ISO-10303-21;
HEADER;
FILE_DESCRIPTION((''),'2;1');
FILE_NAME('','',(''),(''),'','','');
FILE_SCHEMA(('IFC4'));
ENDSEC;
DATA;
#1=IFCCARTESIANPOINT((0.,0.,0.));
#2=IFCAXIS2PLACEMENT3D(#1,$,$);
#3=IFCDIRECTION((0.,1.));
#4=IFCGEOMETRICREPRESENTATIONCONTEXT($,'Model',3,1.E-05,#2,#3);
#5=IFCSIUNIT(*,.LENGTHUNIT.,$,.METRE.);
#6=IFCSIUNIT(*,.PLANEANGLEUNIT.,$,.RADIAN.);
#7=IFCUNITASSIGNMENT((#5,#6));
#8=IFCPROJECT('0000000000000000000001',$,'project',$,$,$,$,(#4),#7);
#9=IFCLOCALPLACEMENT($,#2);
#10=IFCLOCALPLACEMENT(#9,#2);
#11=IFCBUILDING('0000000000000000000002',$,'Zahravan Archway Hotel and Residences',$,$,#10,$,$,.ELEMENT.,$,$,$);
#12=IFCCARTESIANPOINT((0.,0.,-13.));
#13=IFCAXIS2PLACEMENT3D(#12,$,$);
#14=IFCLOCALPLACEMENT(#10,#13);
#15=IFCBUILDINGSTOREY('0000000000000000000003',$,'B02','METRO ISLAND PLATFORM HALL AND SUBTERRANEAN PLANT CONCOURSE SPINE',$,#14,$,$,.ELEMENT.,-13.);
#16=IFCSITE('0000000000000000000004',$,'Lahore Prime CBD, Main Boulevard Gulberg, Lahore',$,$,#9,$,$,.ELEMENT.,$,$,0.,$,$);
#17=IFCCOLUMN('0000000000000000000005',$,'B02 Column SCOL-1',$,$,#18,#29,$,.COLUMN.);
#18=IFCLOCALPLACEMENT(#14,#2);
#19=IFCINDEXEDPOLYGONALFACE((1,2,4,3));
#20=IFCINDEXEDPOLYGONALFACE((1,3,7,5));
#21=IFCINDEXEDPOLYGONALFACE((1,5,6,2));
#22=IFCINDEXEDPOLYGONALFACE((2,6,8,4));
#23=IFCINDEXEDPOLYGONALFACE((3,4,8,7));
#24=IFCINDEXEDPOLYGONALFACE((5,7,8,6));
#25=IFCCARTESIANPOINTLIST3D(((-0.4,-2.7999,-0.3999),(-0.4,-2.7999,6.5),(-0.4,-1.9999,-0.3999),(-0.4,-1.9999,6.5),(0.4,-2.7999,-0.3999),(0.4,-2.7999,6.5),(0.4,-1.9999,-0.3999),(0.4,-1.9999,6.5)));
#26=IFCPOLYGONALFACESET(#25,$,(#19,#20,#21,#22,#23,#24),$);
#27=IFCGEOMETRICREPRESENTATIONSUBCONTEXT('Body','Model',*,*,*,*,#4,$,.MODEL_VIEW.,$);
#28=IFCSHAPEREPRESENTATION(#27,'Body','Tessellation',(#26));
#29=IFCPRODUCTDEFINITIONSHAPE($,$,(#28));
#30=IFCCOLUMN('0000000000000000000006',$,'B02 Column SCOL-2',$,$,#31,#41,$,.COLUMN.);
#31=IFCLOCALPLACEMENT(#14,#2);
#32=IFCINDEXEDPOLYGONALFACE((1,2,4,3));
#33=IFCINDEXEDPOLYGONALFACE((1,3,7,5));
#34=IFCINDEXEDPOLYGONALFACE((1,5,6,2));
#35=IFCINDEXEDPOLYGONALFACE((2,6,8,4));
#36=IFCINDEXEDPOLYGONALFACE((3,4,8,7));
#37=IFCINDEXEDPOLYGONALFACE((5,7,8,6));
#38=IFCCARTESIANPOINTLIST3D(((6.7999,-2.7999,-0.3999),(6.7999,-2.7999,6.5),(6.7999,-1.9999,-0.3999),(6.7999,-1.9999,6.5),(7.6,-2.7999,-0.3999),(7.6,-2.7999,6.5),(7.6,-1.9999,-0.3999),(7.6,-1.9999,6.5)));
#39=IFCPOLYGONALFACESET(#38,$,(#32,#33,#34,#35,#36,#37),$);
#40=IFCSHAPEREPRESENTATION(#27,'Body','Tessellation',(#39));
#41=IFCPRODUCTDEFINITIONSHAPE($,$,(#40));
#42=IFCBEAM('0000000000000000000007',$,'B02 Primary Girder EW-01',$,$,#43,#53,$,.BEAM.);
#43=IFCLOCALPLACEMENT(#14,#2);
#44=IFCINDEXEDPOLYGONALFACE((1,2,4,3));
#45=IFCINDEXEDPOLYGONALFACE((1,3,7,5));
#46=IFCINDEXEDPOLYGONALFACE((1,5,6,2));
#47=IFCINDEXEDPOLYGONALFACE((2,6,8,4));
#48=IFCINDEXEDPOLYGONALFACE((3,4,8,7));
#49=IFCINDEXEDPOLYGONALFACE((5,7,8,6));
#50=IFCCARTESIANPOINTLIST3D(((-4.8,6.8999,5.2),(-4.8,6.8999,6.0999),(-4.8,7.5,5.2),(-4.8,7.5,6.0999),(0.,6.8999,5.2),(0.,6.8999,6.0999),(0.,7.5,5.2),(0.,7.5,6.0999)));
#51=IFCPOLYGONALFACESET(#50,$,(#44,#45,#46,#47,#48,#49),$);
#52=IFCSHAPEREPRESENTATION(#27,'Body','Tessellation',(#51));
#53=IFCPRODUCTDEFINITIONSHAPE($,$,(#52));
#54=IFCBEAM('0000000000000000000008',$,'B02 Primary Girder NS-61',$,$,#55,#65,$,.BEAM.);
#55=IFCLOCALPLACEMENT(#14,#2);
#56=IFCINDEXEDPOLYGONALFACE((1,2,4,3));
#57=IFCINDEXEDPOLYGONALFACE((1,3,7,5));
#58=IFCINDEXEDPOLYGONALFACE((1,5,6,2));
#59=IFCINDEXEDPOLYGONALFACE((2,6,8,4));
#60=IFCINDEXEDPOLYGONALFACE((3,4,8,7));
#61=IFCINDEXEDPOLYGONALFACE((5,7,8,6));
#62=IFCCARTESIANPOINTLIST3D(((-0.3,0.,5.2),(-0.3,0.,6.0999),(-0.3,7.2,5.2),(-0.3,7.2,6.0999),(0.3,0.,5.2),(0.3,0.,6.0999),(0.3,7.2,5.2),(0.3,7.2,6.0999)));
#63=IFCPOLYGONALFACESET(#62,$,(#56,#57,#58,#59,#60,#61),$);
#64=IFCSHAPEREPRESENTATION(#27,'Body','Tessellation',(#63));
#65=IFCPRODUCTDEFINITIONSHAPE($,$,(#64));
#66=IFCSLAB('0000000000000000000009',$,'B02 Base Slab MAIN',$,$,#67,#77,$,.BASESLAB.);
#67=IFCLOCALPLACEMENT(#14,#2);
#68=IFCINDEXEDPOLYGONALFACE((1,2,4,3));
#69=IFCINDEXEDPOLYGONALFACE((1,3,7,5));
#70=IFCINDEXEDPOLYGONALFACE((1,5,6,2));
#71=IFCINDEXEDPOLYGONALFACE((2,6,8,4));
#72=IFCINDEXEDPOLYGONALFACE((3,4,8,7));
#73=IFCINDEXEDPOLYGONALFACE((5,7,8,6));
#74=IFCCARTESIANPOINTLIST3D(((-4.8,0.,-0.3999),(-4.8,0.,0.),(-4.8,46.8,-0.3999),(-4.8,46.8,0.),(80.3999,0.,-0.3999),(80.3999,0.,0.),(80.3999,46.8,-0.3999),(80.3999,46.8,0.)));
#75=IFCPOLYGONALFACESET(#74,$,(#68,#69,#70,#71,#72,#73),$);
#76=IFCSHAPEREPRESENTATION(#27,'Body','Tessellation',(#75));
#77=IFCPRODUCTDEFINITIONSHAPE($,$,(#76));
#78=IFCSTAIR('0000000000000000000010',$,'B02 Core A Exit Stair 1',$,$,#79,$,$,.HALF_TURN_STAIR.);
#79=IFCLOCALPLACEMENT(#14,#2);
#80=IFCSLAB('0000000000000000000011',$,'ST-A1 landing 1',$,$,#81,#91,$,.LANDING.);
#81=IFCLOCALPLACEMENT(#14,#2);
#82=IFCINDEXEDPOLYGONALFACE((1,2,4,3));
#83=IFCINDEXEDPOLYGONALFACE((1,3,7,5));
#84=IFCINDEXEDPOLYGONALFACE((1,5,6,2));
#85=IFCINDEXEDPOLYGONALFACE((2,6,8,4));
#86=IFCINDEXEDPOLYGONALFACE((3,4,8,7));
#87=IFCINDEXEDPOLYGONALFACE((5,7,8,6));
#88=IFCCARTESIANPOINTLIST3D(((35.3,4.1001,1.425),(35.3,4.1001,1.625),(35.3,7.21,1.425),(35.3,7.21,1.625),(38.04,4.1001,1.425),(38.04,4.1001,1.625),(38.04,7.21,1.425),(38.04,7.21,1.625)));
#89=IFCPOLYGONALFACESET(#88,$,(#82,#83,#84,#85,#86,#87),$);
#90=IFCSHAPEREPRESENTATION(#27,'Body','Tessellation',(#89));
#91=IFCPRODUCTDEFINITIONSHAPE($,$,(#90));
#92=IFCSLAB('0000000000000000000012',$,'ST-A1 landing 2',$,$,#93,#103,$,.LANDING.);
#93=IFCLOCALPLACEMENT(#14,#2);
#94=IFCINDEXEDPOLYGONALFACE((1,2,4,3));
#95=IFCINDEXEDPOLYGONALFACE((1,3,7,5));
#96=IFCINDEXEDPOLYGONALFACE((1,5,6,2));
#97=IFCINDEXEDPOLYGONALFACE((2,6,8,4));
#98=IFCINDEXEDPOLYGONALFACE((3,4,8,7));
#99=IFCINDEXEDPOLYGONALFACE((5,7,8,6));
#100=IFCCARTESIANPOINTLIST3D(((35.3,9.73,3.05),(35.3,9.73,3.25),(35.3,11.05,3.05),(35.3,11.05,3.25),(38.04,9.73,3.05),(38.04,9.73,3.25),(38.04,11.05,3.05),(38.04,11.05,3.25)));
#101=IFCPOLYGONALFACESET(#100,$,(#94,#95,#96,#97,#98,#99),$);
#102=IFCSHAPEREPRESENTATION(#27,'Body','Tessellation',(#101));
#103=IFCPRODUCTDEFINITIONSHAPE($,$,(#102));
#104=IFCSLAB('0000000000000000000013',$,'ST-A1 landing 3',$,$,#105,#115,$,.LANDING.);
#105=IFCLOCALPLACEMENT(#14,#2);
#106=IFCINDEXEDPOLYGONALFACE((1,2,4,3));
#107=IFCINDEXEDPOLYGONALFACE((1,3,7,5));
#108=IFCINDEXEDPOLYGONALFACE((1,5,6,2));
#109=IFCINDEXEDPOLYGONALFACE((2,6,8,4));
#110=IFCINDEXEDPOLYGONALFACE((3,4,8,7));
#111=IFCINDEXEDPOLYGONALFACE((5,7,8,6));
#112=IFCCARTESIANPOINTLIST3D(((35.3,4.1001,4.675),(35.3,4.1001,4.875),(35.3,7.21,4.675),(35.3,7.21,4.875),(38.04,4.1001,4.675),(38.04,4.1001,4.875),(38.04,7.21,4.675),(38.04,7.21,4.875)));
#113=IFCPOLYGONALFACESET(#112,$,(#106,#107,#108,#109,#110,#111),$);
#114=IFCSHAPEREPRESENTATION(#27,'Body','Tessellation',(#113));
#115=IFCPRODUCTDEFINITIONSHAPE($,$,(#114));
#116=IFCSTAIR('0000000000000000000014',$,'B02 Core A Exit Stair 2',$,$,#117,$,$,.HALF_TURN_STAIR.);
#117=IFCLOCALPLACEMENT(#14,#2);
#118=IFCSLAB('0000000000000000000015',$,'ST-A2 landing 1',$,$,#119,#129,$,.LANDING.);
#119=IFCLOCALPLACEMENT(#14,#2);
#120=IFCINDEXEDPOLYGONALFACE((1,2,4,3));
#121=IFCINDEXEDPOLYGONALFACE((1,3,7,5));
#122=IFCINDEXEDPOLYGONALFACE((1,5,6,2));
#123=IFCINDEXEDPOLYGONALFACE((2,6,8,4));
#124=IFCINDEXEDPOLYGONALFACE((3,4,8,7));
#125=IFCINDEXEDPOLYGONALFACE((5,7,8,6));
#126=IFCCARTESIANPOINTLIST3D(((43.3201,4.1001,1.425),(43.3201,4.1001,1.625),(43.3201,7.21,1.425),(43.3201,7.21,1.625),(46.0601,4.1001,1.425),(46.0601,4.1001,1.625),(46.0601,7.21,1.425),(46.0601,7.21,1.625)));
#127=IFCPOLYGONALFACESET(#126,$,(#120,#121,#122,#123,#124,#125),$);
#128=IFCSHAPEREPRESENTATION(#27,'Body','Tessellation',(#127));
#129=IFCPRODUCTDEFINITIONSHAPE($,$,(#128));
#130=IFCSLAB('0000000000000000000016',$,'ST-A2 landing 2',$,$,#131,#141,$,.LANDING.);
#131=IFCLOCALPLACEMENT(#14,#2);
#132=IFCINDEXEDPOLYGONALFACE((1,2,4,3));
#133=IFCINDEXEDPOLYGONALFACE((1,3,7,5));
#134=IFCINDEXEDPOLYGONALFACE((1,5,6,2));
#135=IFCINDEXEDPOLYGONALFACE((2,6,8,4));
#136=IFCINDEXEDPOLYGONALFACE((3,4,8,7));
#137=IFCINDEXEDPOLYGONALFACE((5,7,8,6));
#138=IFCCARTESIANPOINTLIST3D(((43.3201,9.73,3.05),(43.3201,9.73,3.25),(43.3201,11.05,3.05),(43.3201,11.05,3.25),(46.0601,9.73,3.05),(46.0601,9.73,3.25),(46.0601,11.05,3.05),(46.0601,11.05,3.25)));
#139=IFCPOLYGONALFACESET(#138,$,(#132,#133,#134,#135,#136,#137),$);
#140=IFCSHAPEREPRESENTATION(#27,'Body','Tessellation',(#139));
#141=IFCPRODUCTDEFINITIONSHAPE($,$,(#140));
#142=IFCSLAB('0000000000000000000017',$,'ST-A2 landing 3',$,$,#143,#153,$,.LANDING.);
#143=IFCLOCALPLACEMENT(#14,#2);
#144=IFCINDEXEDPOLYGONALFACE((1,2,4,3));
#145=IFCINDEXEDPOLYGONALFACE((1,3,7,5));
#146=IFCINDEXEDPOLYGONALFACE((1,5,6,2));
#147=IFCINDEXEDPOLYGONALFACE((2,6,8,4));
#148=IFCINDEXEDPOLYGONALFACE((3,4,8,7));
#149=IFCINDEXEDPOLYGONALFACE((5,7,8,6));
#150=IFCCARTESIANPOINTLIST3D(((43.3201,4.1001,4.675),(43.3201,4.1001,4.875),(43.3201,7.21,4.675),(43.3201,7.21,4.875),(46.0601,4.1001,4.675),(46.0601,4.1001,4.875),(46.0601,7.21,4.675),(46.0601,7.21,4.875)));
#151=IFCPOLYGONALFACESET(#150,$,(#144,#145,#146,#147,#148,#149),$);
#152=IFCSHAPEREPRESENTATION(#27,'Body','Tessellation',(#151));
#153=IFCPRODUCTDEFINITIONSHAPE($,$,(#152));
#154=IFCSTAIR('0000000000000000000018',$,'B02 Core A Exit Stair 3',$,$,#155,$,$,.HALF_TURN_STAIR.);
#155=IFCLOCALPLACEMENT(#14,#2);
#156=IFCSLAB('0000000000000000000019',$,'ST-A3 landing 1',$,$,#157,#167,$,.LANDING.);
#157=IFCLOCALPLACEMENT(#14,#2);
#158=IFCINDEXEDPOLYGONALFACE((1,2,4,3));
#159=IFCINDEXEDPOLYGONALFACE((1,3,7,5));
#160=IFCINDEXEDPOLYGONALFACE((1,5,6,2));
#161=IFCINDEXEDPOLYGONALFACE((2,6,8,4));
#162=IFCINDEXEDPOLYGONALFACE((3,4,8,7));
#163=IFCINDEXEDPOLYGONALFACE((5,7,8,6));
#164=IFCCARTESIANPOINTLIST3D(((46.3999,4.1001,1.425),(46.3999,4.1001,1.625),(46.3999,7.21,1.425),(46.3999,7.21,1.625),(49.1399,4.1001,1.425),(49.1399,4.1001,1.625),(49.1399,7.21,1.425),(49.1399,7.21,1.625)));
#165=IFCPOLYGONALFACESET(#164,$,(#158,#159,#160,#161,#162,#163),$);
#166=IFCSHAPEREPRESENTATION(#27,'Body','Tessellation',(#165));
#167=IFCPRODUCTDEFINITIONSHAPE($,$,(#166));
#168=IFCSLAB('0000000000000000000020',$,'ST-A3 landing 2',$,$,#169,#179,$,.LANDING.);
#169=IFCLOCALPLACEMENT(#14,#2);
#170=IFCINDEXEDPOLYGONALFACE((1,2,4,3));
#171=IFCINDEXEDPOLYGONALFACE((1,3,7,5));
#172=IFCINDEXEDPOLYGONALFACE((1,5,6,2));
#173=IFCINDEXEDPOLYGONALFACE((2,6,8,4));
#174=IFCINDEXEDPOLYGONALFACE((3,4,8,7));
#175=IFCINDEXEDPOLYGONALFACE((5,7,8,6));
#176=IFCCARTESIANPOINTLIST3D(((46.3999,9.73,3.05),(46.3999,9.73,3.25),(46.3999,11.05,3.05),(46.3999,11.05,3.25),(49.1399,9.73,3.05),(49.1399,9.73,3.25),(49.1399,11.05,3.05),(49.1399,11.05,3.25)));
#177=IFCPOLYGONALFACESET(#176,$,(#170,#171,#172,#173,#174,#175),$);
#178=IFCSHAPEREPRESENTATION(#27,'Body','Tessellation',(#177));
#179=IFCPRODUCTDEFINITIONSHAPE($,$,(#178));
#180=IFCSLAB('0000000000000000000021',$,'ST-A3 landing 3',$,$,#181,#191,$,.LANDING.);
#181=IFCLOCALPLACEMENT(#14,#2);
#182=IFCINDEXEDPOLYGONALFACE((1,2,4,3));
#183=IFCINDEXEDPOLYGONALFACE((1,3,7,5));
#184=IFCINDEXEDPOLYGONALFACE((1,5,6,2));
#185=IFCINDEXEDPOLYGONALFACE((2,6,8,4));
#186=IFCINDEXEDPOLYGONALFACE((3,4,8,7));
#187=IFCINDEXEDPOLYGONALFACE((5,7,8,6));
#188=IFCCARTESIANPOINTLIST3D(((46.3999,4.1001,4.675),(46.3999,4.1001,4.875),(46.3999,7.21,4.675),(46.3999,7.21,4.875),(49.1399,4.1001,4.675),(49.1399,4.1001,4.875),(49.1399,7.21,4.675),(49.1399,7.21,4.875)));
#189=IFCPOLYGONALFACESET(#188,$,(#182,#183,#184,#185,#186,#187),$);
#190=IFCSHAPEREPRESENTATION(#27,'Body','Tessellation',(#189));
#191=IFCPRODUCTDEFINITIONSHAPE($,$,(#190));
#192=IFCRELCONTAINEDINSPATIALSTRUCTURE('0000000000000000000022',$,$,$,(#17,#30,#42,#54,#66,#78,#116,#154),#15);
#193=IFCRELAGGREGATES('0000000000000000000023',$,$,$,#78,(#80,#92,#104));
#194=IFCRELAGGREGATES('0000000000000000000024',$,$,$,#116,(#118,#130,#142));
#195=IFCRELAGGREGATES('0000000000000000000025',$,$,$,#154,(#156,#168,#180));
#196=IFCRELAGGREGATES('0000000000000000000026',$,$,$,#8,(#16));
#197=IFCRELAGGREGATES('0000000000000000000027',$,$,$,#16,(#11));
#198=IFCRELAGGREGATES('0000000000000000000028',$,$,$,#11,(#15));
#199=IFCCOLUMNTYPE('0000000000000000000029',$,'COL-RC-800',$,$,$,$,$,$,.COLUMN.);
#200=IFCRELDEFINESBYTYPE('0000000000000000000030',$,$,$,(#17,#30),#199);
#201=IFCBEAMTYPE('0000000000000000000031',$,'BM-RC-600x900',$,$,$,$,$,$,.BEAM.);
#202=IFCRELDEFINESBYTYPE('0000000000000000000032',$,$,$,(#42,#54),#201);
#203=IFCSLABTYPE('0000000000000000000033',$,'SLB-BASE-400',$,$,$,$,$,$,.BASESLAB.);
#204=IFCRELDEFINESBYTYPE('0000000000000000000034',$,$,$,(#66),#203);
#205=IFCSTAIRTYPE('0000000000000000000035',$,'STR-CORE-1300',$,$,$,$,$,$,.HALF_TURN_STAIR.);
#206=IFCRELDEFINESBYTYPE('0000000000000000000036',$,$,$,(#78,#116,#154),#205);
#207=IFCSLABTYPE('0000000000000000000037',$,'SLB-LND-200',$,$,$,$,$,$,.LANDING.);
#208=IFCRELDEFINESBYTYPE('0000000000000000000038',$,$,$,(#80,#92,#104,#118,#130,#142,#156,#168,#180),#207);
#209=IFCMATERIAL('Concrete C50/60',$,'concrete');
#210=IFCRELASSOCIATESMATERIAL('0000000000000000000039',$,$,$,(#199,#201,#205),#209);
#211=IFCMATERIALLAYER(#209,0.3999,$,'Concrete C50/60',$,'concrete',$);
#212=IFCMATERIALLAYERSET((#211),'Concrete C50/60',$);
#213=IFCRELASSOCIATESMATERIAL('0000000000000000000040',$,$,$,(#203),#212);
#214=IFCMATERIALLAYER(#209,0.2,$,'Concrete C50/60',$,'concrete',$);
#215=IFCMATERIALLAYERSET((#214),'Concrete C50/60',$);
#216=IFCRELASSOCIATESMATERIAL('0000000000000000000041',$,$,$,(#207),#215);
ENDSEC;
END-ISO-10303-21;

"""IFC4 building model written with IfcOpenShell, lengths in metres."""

from ifc_helpers import new_model, si_unit, direction, frame, origin, origin_2d, place, context, subcontext, project, spatial, polyline, rectangle, outline, extrude, source, transform, mapped, material, layer, layer_set, material_profile, profile_set, type_object, type_shapes, element, aggregate, save


model = new_model("IFC4")

# Units and contexts
model_context = context("Model", 3, precision=1e-05, world=origin(), true_north=direction((0.0, 1.0)))
body_context = subcontext(model_context, "Body", "Model", "MODEL_VIEW")
ifc_project = project(units=[si_unit("LENGTHUNIT", "METRE"), si_unit("PLANEANGLEUNIT", "RADIAN")], contexts=[model_context])

# Site, building, storey
site_placement = place(None, origin())
site = spatial("IfcSite", under=ifc_project, at=site_placement, Name="Lahore Prime CBD, Main Boulevard Gulberg, Lahore", CompositionType="ELEMENT", RefElevation=0.0)
building_placement = place(site_placement, origin())
building = spatial("IfcBuilding", under=site, at=building_placement, Name="Zahravan Archway Hotel and Residences", CompositionType="ELEMENT")
storey_placement = place(building_placement, frame((0.0, 0.0, -13.0)))
storey = spatial("IfcBuildingStorey", under=building, at=storey_placement, Name="B02", Description="METRO ISLAND PLATFORM HALL AND SUBTERRANEAN PLANT CONCOURSE SPINE", CompositionType="ELEMENT", Elevation=-13.0)

# Shared definitions
ifc_material_1 = material(Name="Concrete C50/60", Category="concrete")

# Columns
ifc_material_profile_1 = material_profile(ifc_material_1, rectangle(XDim=0.8, YDim=0.8, at=origin_2d()), Name="RC-COL-800x800", Category="concrete")
ifc_profile_set_1 = profile_set([ifc_material_profile_1], Name="Concrete C50/60")
column_type_1 = type_object("IfcColumnType", Name="COL-RC-800", PredefinedType="COLUMN", material=ifc_profile_set_1)
shared_shape_1 = source(origin(), body_context, "Body", "SweptSolid", [
    extrude(rectangle(XDim=0.8, YDim=0.8, at=origin_2d()), origin(), (0.0, 0.0, 1.0), 6.8999),
])
type_shapes(column_type_1, [shared_shape_1])
for number, where, z_axis, x_axis, name in (
    (1, (0.0, -2.3999, -0.3999), (0.0, 0.0, 1.0), (1.0, 0.0, 0.0), "B02 Column SCOL-1"),
    (2, (7.2, -2.3999, -0.3999), (0.0, 0.0, 1.0), (1.0, 0.0, 0.0), "B02 Column SCOL-2"),
):
    element("IfcColumn", number, at=place(storey_placement, frame(where, z_axis=z_axis, x_axis=x_axis)), inside=storey, type_object=column_type_1, Name=name, PredefinedType="COLUMN", context=body_context, shape_type="MappedRepresentation", body=[
        mapped(shared_shape_1, transform((0.0, 0.0, 0.0), scale=1.0)),
    ])

# Beams
ifc_material_profile_2 = material_profile(ifc_material_1, rectangle(XDim=0.6001, YDim=0.8999, at=origin_2d()), Name="RC-BM-600x900", Category="concrete")
ifc_profile_set_2 = profile_set([ifc_material_profile_2], Name="Concrete C50/60")
beam_type = type_object("IfcBeamType", Name="BM-RC-600x900", PredefinedType="BEAM", material=ifc_profile_set_2)
shared_shape_2 = source(origin(), body_context, "Body", "SweptSolid", [
    extrude(rectangle(XDim=0.6001, YDim=0.8999, at=origin_2d()), origin(), (0.0, 0.0, 1.0), 4.8),
])
type_shapes(beam_type, [shared_shape_2])
beam_1_placement = place(storey_placement, frame((-4.8, 7.2, 5.6499), z_axis=(1.0, 0.0, 0.0), x_axis=(0.0, 1.0, 0.0)))
element("IfcBeam", 3, at=beam_1_placement, inside=storey, type_object=beam_type, Name="B02 Primary Girder EW-01", PredefinedType="BEAM", context=body_context, shape_type="MappedRepresentation", body=[
    mapped(shared_shape_2, transform((0.0, 0.0, 0.0), scale=1.0)),
])
shared_shape_3 = source(origin(), body_context, "Body", "SweptSolid", [
    extrude(rectangle(XDim=0.6001, YDim=0.8999, at=origin_2d()), origin(), (0.0, 0.0, 1.0), 7.2),
])
beam_2_placement = place(storey_placement, frame((0.0, 0.0, 5.6499), z_axis=(0.0, 1.0, 0.0), x_axis=(-1.0, 0.0, 0.0)))
element("IfcBeam", 4, at=beam_2_placement, inside=storey, type_object=beam_type, Name="B02 Primary Girder NS-61", PredefinedType="BEAM", context=body_context, shape_type="MappedRepresentation", body=[
    mapped(shared_shape_3, transform((0.0, 0.0, 0.0), scale=1.0)),
])

# Slab
ifc_layer_1 = layer(ifc_material_1, 0.3999, Name="Concrete C50/60", Category="concrete")
ifc_layer_set_1 = layer_set([ifc_layer_1], Name="Concrete C50/60")
slab_type_1 = type_object("IfcSlabType", Name="SLB-BASE-400", PredefinedType="BASESLAB", material=ifc_layer_set_1)
slab_1_placement = place(storey_placement, frame((0.0, 0.0, -0.3999)))
element("IfcSlab", 5, at=slab_1_placement, inside=storey, type_object=slab_type_1, Name="B02 Base Slab MAIN", PredefinedType="BASESLAB", context=body_context, shape_type="SweptSolid", body=[
    extrude(outline(polyline([(-4.8, 0.0), (80.3999, 0.0), (80.3999, 46.8), (-4.8, 46.8), (-4.8, 0.0)])), origin(), (0.0, 0.0, 1.0), 0.3999),
])

# Stairs, slabs
stair_type = type_object("IfcStairType", Name="STR-CORE-1300", PredefinedType="HALF_TURN_STAIR", material=ifc_material_1)
stair_1_placement = place(storey_placement, origin())
stair_1 = element("IfcStair", 6, at=stair_1_placement, inside=storey, type_object=stair_type, Name="B02 Core A Exit Stair 1", PredefinedType="HALF_TURN_STAIR")
ifc_layer_2 = layer(ifc_material_1, 0.2, Name="Concrete C50/60", Category="concrete")
ifc_layer_set_2 = layer_set([ifc_layer_2], Name="Concrete C50/60")
slab_type_2 = type_object("IfcSlabType", Name="SLB-LND-200", PredefinedType="LANDING", material=ifc_layer_set_2)
slab_2_placement = place(storey_placement, frame((0.0, 0.0, 1.425)))
slab_2 = element("IfcSlab", 7, at=slab_2_placement, type_object=slab_type_2, Name="ST-A1 landing 1", PredefinedType="LANDING", context=body_context, shape_type="SweptSolid", body=[
    extrude(outline(polyline([(35.3, 7.21), (35.3, 4.1001), (38.04, 4.1001), (38.04, 7.21), (35.3, 7.21)])), origin(), (0.0, 0.0, 1.0), 0.2),
])
slab_3_placement = place(storey_placement, frame((0.0, 0.0, 3.05)))
slab_3 = element("IfcSlab", 8, at=slab_3_placement, type_object=slab_type_2, Name="ST-A1 landing 2", PredefinedType="LANDING", context=body_context, shape_type="SweptSolid", body=[
    extrude(outline(polyline([(35.3, 11.05), (35.3, 9.73), (38.04, 9.73), (38.04, 11.05), (35.3, 11.05)])), origin(), (0.0, 0.0, 1.0), 0.2),
])
slab_4_placement = place(storey_placement, frame((0.0, 0.0, 4.675)))
slab_4 = element("IfcSlab", 9, at=slab_4_placement, type_object=slab_type_2, Name="ST-A1 landing 3", PredefinedType="LANDING", context=body_context, shape_type="SweptSolid", body=[
    extrude(outline(polyline([(35.3, 7.21), (35.3, 4.1001), (38.04, 4.1001), (38.04, 7.21), (35.3, 7.21)])), origin(), (0.0, 0.0, 1.0), 0.2),
])
aggregate(stair_1, [slab_2, slab_3, slab_4])
stair_2_placement = place(storey_placement, origin())
stair_2 = element("IfcStair", 10, at=stair_2_placement, inside=storey, type_object=stair_type, Name="B02 Core A Exit Stair 2", PredefinedType="HALF_TURN_STAIR")
slab_5_placement = place(storey_placement, frame((0.0, 0.0, 1.425)))
slab_5 = element("IfcSlab", 11, at=slab_5_placement, type_object=slab_type_2, Name="ST-A2 landing 1", PredefinedType="LANDING", context=body_context, shape_type="SweptSolid", body=[
    extrude(outline(polyline([(43.3201, 7.21), (43.3201, 4.1001), (46.0601, 4.1001), (46.0601, 7.21), (43.3201, 7.21)])), origin(), (0.0, 0.0, 1.0), 0.2),
])
slab_6_placement = place(storey_placement, frame((0.0, 0.0, 3.05)))
slab_6 = element("IfcSlab", 12, at=slab_6_placement, type_object=slab_type_2, Name="ST-A2 landing 2", PredefinedType="LANDING", context=body_context, shape_type="SweptSolid", body=[
    extrude(outline(polyline([(43.3201, 11.05), (43.3201, 9.73), (46.0601, 9.73), (46.0601, 11.05), (43.3201, 11.05)])), origin(), (0.0, 0.0, 1.0), 0.2),
])
slab_7_placement = place(storey_placement, frame((0.0, 0.0, 4.675)))
slab_7 = element("IfcSlab", 13, at=slab_7_placement, type_object=slab_type_2, Name="ST-A2 landing 3", PredefinedType="LANDING", context=body_context, shape_type="SweptSolid", body=[
    extrude(outline(polyline([(43.3201, 7.21), (43.3201, 4.1001), (46.0601, 4.1001), (46.0601, 7.21), (43.3201, 7.21)])), origin(), (0.0, 0.0, 1.0), 0.2),
])
aggregate(stair_2, [slab_5, slab_6, slab_7])
stair_3_placement = place(storey_placement, origin())
stair_3 = element("IfcStair", 14, at=stair_3_placement, inside=storey, type_object=stair_type, Name="B02 Core A Exit Stair 3", PredefinedType="HALF_TURN_STAIR")
slab_8_placement = place(storey_placement, frame((0.0, 0.0, 1.425)))
slab_8 = element("IfcSlab", 15, at=slab_8_placement, type_object=slab_type_2, Name="ST-A3 landing 1", PredefinedType="LANDING", context=body_context, shape_type="SweptSolid", body=[
    extrude(outline(polyline([(46.3999, 7.21), (46.3999, 4.1001), (49.1399, 4.1001), (49.1399, 7.21), (46.3999, 7.21)])), origin(), (0.0, 0.0, 1.0), 0.2),
])
slab_9_placement = place(storey_placement, frame((0.0, 0.0, 3.05)))
slab_9 = element("IfcSlab", 16, at=slab_9_placement, type_object=slab_type_2, Name="ST-A3 landing 2", PredefinedType="LANDING", context=body_context, shape_type="SweptSolid", body=[
    extrude(outline(polyline([(46.3999, 11.05), (46.3999, 9.73), (49.1399, 9.73), (49.1399, 11.05), (46.3999, 11.05)])), origin(), (0.0, 0.0, 1.0), 0.2),
])
slab_10_placement = place(storey_placement, frame((0.0, 0.0, 4.675)))
slab_10 = element("IfcSlab", 17, at=slab_10_placement, type_object=slab_type_2, Name="ST-A3 landing 3", PredefinedType="LANDING", context=body_context, shape_type="SweptSolid", body=[
    extrude(outline(polyline([(46.3999, 7.21), (46.3999, 4.1001), (49.1399, 4.1001), (49.1399, 7.21), (46.3999, 7.21)])), origin(), (0.0, 0.0, 1.0), 0.2),
])
aggregate(stair_3, [slab_8, slab_9, slab_10])

save(model, "model.ifc")
